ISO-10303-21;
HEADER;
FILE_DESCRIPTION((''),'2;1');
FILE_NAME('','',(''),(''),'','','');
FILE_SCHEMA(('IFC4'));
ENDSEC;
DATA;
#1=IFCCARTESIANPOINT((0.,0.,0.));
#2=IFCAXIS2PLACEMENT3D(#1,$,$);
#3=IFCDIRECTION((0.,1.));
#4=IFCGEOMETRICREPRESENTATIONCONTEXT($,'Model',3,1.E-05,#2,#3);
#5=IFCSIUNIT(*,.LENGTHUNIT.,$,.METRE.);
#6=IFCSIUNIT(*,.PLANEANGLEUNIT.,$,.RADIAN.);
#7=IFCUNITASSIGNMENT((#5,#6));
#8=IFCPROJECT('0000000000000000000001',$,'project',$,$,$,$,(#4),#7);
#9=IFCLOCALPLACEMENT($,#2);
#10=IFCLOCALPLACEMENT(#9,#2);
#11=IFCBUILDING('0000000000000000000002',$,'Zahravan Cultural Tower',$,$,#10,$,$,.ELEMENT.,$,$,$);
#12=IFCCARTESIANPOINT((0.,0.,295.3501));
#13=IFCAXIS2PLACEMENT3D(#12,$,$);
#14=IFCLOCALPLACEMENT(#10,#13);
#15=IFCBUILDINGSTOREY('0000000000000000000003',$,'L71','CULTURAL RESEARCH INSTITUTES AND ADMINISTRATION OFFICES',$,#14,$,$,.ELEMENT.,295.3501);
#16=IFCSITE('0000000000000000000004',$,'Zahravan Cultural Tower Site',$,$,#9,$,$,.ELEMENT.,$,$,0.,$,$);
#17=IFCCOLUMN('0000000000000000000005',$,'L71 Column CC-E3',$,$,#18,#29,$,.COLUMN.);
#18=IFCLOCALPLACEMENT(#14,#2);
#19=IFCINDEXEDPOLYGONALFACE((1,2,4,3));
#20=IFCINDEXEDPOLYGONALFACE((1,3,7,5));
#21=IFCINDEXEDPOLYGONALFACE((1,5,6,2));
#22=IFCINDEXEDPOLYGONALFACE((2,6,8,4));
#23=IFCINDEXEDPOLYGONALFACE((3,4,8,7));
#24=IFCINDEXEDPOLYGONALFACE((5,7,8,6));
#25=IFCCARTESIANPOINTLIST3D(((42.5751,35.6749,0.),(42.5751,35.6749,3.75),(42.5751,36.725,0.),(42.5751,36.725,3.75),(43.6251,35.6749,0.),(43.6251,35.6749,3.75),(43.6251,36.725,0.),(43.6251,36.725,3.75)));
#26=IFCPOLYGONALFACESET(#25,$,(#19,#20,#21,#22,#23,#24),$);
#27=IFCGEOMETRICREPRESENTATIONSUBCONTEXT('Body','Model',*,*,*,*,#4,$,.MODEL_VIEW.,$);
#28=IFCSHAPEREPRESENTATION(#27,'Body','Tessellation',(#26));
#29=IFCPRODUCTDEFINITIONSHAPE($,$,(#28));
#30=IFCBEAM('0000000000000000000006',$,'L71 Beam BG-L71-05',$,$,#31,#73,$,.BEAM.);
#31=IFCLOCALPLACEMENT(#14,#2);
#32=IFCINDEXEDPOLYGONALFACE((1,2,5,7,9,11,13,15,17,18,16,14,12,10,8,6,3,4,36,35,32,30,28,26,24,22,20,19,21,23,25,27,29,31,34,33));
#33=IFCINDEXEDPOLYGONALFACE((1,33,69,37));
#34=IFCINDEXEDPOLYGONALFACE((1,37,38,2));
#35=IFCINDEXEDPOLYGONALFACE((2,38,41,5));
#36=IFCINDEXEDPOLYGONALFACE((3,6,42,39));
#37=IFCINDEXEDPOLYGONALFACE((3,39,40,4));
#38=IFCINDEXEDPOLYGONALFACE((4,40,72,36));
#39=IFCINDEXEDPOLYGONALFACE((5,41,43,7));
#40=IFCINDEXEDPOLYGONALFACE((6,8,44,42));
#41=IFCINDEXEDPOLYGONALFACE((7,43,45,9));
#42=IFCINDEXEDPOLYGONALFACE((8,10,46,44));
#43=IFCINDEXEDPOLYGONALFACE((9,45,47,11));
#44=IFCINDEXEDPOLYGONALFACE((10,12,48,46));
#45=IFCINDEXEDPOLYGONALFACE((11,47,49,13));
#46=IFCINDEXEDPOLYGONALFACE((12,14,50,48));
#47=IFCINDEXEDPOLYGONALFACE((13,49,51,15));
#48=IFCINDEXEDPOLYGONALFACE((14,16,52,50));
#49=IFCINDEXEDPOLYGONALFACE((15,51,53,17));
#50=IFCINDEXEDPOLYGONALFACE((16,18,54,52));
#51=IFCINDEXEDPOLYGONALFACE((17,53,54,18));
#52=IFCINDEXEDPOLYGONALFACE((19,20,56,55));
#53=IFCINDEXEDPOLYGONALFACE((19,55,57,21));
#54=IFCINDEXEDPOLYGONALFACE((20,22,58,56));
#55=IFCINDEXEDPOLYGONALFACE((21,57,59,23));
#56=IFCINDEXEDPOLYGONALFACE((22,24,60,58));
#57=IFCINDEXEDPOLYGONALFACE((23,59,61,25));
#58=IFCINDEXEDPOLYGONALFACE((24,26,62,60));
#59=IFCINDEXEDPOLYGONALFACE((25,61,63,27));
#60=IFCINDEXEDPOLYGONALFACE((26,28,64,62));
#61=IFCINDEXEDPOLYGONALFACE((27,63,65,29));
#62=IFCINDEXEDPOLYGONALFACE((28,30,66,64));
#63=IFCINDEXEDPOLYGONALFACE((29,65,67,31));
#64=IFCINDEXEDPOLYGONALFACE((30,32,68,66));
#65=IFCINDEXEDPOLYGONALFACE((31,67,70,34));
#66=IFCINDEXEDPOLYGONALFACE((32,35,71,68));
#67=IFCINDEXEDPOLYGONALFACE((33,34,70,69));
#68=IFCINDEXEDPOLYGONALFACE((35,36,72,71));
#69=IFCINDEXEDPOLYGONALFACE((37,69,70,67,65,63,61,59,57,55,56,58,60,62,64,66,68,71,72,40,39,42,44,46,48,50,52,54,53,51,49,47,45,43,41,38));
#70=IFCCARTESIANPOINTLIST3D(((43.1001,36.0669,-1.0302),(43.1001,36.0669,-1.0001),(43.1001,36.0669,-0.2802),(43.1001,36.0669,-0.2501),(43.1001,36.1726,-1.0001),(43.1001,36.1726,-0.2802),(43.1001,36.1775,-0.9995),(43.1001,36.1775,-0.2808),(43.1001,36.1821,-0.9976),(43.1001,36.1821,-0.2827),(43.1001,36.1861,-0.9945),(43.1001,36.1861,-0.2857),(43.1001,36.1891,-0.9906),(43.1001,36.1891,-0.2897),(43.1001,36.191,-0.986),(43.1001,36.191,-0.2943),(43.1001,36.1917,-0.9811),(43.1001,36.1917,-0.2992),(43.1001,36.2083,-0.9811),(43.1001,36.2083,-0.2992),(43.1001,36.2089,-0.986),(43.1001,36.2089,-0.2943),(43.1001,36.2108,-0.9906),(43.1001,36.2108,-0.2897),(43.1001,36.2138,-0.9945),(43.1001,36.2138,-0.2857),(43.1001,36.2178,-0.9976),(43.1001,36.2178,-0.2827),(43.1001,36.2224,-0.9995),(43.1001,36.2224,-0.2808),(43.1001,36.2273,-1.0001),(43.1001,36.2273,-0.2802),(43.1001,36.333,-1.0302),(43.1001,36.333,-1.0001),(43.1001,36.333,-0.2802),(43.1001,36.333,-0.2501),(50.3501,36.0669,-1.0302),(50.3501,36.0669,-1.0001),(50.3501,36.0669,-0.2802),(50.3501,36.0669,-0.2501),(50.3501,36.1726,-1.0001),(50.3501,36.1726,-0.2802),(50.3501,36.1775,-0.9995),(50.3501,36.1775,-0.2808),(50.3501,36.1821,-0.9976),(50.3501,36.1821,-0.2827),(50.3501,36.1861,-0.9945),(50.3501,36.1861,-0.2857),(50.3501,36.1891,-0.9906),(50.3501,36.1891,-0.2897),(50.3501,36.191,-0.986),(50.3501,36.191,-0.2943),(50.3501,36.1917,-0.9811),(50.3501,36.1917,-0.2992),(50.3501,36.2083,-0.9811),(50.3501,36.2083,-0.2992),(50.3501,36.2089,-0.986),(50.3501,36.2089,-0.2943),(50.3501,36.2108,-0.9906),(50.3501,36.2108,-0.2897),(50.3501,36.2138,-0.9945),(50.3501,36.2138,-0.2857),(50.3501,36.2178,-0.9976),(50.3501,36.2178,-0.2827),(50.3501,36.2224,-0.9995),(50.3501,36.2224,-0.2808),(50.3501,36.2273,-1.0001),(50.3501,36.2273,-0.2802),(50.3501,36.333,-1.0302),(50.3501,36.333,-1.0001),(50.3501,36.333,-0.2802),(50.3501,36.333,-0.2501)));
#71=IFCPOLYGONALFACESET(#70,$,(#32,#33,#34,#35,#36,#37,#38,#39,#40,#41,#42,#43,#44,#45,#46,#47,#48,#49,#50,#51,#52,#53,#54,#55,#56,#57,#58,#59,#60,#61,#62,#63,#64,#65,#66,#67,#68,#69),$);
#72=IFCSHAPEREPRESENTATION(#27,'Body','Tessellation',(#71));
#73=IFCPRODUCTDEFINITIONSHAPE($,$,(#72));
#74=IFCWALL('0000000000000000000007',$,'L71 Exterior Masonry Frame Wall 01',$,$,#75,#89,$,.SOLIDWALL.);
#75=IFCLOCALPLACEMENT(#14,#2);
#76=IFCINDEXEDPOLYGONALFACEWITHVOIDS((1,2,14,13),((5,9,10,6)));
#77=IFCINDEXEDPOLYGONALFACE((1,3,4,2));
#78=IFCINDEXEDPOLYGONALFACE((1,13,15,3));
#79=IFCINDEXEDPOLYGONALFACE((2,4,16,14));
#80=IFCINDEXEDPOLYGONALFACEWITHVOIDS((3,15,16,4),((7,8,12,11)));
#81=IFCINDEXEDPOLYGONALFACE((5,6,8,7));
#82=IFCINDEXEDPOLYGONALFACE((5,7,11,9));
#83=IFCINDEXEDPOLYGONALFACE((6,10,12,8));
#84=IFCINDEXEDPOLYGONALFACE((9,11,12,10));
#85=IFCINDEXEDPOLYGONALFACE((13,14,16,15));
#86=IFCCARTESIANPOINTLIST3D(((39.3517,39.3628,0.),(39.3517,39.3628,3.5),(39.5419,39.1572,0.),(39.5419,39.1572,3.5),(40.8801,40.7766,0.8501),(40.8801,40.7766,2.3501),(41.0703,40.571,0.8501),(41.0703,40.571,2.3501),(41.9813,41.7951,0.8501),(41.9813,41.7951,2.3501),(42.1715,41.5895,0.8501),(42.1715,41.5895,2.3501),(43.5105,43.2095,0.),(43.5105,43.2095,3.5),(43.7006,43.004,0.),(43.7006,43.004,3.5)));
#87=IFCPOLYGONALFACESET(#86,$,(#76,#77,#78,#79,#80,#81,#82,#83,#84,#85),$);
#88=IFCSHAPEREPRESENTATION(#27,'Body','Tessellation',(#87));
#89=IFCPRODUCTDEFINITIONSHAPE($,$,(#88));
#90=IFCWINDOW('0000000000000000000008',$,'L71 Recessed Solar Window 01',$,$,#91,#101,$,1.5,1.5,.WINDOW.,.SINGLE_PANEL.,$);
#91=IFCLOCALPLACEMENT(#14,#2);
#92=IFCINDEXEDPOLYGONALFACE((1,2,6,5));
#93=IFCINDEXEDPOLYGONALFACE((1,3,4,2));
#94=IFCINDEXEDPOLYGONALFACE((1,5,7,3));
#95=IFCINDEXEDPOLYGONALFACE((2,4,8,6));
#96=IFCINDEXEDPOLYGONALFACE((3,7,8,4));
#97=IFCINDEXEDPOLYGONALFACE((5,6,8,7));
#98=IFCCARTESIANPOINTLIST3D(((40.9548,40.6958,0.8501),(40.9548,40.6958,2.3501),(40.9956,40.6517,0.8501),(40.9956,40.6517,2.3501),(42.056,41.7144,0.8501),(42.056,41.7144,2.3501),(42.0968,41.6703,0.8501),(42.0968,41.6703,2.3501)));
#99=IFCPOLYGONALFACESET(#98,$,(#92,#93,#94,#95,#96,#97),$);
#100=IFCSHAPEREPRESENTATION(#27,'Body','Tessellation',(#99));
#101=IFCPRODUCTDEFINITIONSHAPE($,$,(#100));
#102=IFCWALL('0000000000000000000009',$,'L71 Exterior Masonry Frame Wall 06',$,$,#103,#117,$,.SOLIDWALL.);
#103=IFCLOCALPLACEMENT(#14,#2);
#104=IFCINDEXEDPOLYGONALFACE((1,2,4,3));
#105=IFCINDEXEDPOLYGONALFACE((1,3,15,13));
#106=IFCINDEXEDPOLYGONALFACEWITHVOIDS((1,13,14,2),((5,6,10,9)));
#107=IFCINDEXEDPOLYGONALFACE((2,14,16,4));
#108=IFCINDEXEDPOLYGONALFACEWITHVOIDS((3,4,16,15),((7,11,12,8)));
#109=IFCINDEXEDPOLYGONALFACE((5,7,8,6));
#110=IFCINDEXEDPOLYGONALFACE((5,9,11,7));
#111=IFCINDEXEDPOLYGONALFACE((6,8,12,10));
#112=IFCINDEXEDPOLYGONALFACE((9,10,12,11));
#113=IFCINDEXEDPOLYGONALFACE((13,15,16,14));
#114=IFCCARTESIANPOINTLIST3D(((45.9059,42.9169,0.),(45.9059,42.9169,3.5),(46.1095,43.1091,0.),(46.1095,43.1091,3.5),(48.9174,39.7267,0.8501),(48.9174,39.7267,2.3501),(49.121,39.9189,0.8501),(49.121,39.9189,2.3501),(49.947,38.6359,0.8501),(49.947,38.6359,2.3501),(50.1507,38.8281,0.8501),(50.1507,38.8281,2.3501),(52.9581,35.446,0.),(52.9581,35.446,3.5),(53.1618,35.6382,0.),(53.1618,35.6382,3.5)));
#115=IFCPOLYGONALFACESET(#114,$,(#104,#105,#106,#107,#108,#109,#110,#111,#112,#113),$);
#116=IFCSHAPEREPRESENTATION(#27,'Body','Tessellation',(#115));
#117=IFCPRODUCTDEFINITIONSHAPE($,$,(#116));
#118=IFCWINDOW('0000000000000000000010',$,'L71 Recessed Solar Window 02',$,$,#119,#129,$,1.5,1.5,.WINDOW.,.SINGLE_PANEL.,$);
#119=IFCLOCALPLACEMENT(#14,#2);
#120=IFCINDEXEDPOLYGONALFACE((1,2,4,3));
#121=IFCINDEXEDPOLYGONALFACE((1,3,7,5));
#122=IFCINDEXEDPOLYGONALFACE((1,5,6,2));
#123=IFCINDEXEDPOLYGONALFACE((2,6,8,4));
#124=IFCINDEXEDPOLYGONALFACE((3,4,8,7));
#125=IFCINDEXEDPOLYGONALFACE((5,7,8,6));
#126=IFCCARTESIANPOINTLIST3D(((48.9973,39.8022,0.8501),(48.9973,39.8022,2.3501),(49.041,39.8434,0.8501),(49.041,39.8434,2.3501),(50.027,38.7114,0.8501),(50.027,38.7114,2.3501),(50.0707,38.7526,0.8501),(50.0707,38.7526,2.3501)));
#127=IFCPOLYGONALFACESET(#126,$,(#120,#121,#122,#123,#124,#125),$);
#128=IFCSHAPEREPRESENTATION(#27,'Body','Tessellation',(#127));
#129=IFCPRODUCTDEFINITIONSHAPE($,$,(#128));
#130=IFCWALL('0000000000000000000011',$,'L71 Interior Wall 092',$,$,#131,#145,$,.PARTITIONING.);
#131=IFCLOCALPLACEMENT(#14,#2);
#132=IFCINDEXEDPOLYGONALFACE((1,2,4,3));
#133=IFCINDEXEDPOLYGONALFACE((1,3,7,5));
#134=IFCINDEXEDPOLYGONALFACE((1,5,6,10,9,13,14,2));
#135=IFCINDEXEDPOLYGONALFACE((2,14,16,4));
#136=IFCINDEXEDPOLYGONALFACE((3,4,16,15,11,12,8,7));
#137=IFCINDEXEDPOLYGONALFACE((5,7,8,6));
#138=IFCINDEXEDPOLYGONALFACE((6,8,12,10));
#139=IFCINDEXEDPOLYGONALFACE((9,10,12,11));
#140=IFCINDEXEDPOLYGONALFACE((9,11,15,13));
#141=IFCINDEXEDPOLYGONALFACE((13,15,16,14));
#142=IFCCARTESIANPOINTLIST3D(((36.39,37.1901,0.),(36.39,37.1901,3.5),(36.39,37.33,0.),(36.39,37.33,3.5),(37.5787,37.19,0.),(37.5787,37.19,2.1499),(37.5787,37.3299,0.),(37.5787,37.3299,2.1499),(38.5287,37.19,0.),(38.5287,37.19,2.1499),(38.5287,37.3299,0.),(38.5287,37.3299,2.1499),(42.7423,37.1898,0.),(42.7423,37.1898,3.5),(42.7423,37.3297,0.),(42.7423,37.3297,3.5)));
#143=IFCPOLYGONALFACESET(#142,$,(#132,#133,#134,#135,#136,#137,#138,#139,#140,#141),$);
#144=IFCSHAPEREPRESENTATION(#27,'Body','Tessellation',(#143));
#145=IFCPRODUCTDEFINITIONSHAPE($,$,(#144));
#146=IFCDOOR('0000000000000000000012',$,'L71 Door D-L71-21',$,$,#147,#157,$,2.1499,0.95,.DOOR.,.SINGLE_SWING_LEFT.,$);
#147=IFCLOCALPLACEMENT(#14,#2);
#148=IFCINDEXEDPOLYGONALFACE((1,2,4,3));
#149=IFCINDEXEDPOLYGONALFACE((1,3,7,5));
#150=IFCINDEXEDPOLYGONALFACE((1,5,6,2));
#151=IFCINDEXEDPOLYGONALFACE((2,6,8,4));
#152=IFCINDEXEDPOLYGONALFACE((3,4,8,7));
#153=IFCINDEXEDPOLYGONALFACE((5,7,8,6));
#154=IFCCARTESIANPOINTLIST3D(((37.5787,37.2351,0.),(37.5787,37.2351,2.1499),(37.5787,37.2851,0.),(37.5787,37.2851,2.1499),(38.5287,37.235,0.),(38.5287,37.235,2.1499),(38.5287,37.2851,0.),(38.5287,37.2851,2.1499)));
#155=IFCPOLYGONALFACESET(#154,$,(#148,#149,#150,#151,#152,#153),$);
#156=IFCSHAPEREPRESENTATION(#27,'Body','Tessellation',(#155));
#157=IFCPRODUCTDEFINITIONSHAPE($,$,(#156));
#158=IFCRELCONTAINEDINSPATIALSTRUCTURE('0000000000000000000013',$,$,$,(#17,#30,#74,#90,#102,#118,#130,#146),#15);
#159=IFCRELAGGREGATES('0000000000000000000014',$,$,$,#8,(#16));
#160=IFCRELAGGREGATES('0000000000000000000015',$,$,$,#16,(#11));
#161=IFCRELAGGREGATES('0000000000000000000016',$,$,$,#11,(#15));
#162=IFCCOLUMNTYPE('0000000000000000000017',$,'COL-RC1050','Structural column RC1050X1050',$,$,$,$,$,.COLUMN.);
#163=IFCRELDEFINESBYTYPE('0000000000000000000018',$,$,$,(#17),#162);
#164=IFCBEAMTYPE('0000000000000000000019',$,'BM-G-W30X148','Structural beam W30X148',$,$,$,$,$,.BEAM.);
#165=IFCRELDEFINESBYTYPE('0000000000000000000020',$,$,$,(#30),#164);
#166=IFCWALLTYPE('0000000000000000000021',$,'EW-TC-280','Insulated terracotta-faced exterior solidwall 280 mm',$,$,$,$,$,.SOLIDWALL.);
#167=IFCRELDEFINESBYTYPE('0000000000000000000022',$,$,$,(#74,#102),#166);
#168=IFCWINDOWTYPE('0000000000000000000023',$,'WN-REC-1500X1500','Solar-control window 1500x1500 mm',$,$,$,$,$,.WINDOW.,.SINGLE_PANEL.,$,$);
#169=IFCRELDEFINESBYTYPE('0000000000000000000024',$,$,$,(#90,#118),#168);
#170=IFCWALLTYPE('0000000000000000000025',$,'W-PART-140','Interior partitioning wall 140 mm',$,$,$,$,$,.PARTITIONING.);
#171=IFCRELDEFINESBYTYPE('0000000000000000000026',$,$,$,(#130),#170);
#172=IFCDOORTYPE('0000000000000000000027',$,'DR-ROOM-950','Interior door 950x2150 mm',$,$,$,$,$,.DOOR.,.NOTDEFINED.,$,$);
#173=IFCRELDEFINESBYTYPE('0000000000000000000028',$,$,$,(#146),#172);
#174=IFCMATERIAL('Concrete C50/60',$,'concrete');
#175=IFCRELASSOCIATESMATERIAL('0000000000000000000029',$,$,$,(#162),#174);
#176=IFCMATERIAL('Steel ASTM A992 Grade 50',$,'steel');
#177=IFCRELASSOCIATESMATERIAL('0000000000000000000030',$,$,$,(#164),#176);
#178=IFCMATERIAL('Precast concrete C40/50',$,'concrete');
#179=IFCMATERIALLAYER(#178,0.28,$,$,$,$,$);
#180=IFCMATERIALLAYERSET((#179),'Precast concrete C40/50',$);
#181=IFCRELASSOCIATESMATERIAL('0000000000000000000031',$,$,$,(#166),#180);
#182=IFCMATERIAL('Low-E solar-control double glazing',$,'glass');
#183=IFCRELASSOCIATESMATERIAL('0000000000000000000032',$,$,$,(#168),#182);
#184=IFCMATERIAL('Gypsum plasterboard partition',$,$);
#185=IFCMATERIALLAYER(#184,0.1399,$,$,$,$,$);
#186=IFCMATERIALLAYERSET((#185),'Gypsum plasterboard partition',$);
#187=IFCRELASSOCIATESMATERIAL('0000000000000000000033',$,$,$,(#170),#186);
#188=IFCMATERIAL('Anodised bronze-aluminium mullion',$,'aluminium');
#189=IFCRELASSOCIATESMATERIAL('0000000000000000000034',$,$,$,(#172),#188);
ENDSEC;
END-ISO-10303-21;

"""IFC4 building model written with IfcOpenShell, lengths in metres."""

from ifc_helpers import new_model, si_unit, direction, frame, frame_2d, origin, origin_2d, place, context, subcontext, project, spatial, rectangle, i_section, extrude, source, transform, mapped, material, layer, layer_set, material_profile, profile_set, type_object, element, fill, save


model = new_model("IFC4")

# Units and contexts
model_context = context("Model", 3, precision=1e-05, world=origin(), true_north=direction((0.0, 1.0)))
body_context = subcontext(model_context, "Body", "Model", "MODEL_VIEW")
ifc_project = project(units=[si_unit("LENGTHUNIT", "METRE"), si_unit("PLANEANGLEUNIT", "RADIAN")], contexts=[model_context])

# Site, building, storey
site_placement = place(None, origin())
site = spatial("IfcSite", under=ifc_project, at=site_placement, Name="Zahravan Cultural Tower Site", CompositionType="ELEMENT", RefElevation=0.0)
building_placement = place(site_placement, origin())
building = spatial("IfcBuilding", under=site, at=building_placement, Name="Zahravan Cultural Tower", CompositionType="ELEMENT")
storey_placement = place(building_placement, frame((0.0, 0.0, 295.3501)))
storey = spatial("IfcBuildingStorey", under=building, at=storey_placement, Name="L71", Description="CULTURAL RESEARCH INSTITUTES AND ADMINISTRATION OFFICES", CompositionType="ELEMENT", Elevation=295.3501)

# Column
ifc_material_1 = material(Name="Concrete C50/60", Category="concrete")
ifc_material_profile_1 = material_profile(ifc_material_1, rectangle(XDim=1.05, YDim=1.05, at=origin_2d()), Name="RC1050X1050")
ifc_profile_set_1 = profile_set([ifc_material_profile_1], Name="Concrete C50/60")
column_type = type_object("IfcColumnType", Name="COL-RC1050", Description="Structural column RC1050X1050", PredefinedType="COLUMN", material=ifc_profile_set_1)
shared_shape_1 = source(origin(), body_context, "Body", "SweptSolid", [
    extrude(rectangle(XDim=1.05, YDim=1.05, at=origin_2d()), origin(), (0.0, 0.0, 1.0), 3.75),
])
column_placement = place(storey_placement, frame((43.1001, 36.2, 0.0), z_axis=(0.0, 0.0, 1.0), x_axis=(1.0, 0.0, 0.0)))
element("IfcColumn", 1, at=column_placement, inside=storey, type_object=column_type, Name="L71 Column CC-E3", PredefinedType="COLUMN", context=body_context, shape_type="MappedRepresentation", body=[
    mapped(shared_shape_1, transform((0.0, 0.0, 0.0), x_axis=(1.0, 0.0, 0.0), y_axis=(0.0, 1.0, 0.0), z_axis=(0.0, 0.0, 1.0), scale=1.0)),
])

# Beam
ifc_material_2 = material(Name="Steel ASTM A992 Grade 50", Category="steel")
ifc_material_profile_2 = material_profile(ifc_material_2, i_section(OverallWidth=0.2661, OverallDepth=0.78, WebThickness=0.0166, FlangeThickness=0.03, FilletRadius=0.019, at=origin_2d()), Name="W30X148")
ifc_profile_set_2 = profile_set([ifc_material_profile_2], Name="Steel ASTM A992 Grade 50")
beam_type = type_object("IfcBeamType", Name="BM-G-W30X148", Description="Structural beam W30X148", PredefinedType="BEAM", material=ifc_profile_set_2)
shared_shape_2 = source(origin(), body_context, "Body", "SweptSolid", [
    extrude(i_section(OverallWidth=0.2661, OverallDepth=0.78, WebThickness=0.0166, FlangeThickness=0.03, FilletRadius=0.019, at=origin_2d()), origin(), (0.0, 0.0, 1.0), 7.25),
])
beam_placement = place(storey_placement, frame((43.1001, 36.2, -0.6401), z_axis=(1.0, 0.0, 0.0), x_axis=(0.0, 1.0, 0.0)))
element("IfcBeam", 2, at=beam_placement, inside=storey, type_object=beam_type, Name="L71 Beam BG-L71-05", PredefinedType="BEAM", context=body_context, shape_type="MappedRepresentation", body=[
    mapped(shared_shape_2, transform((0.0, 0.0, 0.0), x_axis=(1.0, 0.0, 0.0), y_axis=(0.0, 1.0, 0.0), z_axis=(0.0, 0.0, 1.0), scale=1.0)),
])

# Walls, openings, windows
ifc_material_3 = material(Name="Precast concrete C40/50", Category="concrete")
ifc_layer_1 = layer(ifc_material_3, 0.28)
ifc_layer_set_1 = layer_set([ifc_layer_1], Name="Precast concrete C40/50")
wall_type_1 = type_object("IfcWallType", Name="EW-TC-280", Description="Insulated terracotta-faced exterior solidwall 280 mm", PredefinedType="SOLIDWALL", material=ifc_layer_set_1)
wall_1_placement = place(storey_placement, frame((39.4468, 39.26, 0.0), z_axis=(0.0, 0.0, 1.0), x_axis=(0.734109, 0.679032, 0.0)))
wall_1 = element("IfcWall", 3, at=wall_1_placement, inside=storey, type_object=wall_type_1, Name="L71 Exterior Masonry Frame Wall 01", PredefinedType="SOLIDWALL", context=body_context, shape_type="SweptSolid", body=[
    extrude(rectangle(XDim=5.665, YDim=0.28, at=frame_2d((2.8325, 0.0))), origin(), (0.0, 0.0, 1.0), 3.5),
])
opening_1_placement = place(wall_1_placement, frame((2.082, 0.0, 0.8501)))
opening_1 = element("IfcOpeningElement", 4, at=opening_1_placement, cuts=wall_1, PredefinedType="OPENING", context=body_context, shape_type="SweptSolid", body=[
    extrude(rectangle(XDim=1.5, YDim=1.5, at=frame_2d((0.75, 0.75))), frame((0.0, 0.1499, 0.0), z_axis=(0.0, -1.0, 0.0), x_axis=(1.0, 0.0, 0.0)), (0.0, 0.0, 1.0), 0.3),
])
ifc_material_4 = material(Name="Low-E solar-control double glazing", Category="glass")
window_type = type_object("IfcWindowType", Name="WN-REC-1500X1500", Description="Solar-control window 1500x1500 mm", PartitioningType="SINGLE_PANEL", PredefinedType="WINDOW", material=ifc_material_4)
shared_shape_3 = source(origin(), body_context, "Body", "SweptSolid", [
    extrude(rectangle(XDim=1.5, YDim=1.5, at=frame_2d((0.75, 0.75))), frame((0.0, 0.03, 0.0), z_axis=(0.0, -1.0, 0.0), x_axis=(1.0, 0.0, 0.0)), (0.0, 0.0, 1.0), 0.0601),
])
window_1_placement = place(opening_1_placement, origin())
window_1 = element("IfcWindow", 5, at=window_1_placement, inside=storey, type_object=window_type, Name="L71 Recessed Solar Window 01", OverallHeight=1.5, OverallWidth=1.5, PartitioningType="SINGLE_PANEL", PredefinedType="WINDOW", context=body_context, shape_type="MappedRepresentation", body=[
    mapped(shared_shape_3, transform((0.0, 0.0, 0.0), x_axis=(1.0, 0.0, 0.0), y_axis=(0.0, 1.0, 0.0), z_axis=(0.0, 0.0, 1.0), scale=1.0)),
])
fill(opening_1, window_1)
wall_2_placement = place(storey_placement, frame((46.0078, 43.0129, 0.0), z_axis=(0.0, 0.0, 1.0), x_axis=(0.686436, -0.72719, 0.0)))
wall_2 = element("IfcWall", 6, at=wall_2_placement, inside=storey, type_object=wall_type_1, Name="L71 Exterior Masonry Frame Wall 06", PredefinedType="SOLIDWALL", context=body_context, shape_type="SweptSolid", body=[
    extrude(rectangle(XDim=10.2737, YDim=0.28, at=frame_2d((5.1367, 0.0))), origin(), (0.0, 0.0, 1.0), 3.5),
])
opening_2_placement = place(wall_2_placement, frame((4.387, 0.0, 0.8501)))
opening_2 = element("IfcOpeningElement", 7, at=opening_2_placement, cuts=wall_2, PredefinedType="OPENING", context=body_context, shape_type="SweptSolid", body=[
    extrude(rectangle(XDim=1.5, YDim=1.5, at=frame_2d((0.75, 0.75))), frame((0.0, 0.1499, 0.0), z_axis=(0.0, -1.0, 0.0), x_axis=(1.0, 0.0, 0.0)), (0.0, 0.0, 1.0), 0.3),
])
window_2_placement = place(opening_2_placement, origin())
window_2 = element("IfcWindow", 8, at=window_2_placement, inside=storey, type_object=window_type, Name="L71 Recessed Solar Window 02", OverallHeight=1.5, OverallWidth=1.5, PartitioningType="SINGLE_PANEL", PredefinedType="WINDOW", context=body_context, shape_type="MappedRepresentation", body=[
    mapped(shared_shape_3, transform((0.0, 0.0, 0.0), x_axis=(1.0, 0.0, 0.0), y_axis=(0.0, 1.0, 0.0), z_axis=(0.0, 0.0, 1.0), scale=1.0)),
])
fill(opening_2, window_2)

# Wall, opening, door
ifc_material_5 = material(Name="Gypsum plasterboard partition")
ifc_layer_2 = layer(ifc_material_5, 0.1399)
ifc_layer_set_2 = layer_set([ifc_layer_2], Name="Gypsum plasterboard partition")
wall_type_2 = type_object("IfcWallType", Name="W-PART-140", Description="Interior partitioning wall 140 mm", PredefinedType="PARTITIONING", material=ifc_layer_set_2)
ifc_material_6 = material(Name="Anodised bronze-aluminium mullion", Category="aluminium")
door_type = type_object("IfcDoorType", Name="DR-ROOM-950", Description="Interior door 950x2150 mm", OperationType="NOTDEFINED", PredefinedType="DOOR", material=ifc_material_6)
shared_shape_4 = source(origin(), body_context, "Body", "SweptSolid", [
    extrude(rectangle(XDim=0.95, YDim=2.1499, at=frame_2d((0.4751, 1.075))), frame((0.0, 0.0249, 0.0), z_axis=(0.0, -1.0, 0.0), x_axis=(1.0, 0.0, 0.0)), (0.0, 0.0, 1.0), 0.05),
])
wall_3_placement = place(storey_placement, frame((42.7424, 37.2598, 0.0), z_axis=(0.0, 0.0, 1.0), x_axis=(-1.0, 0.000038, 0.0)))
wall_3 = element("IfcWall", 9, at=wall_3_placement, inside=storey, type_object=wall_type_2, Name="L71 Interior Wall 092", PredefinedType="PARTITIONING", context=body_context, shape_type="SweptSolid", body=[
    extrude(rectangle(XDim=6.3523, YDim=0.1399, at=frame_2d((3.1763, 0.0))), origin(), (0.0, 0.0, 1.0), 3.5),
])
opening_3_placement = place(wall_3_placement, frame((4.2136, 0.0, 0.0)))
opening_3 = element("IfcOpeningElement", 10, at=opening_3_placement, cuts=wall_3, PredefinedType="OPENING", context=body_context, shape_type="SweptSolid", body=[
    extrude(rectangle(XDim=0.95, YDim=2.1499, at=frame_2d((0.4751, 1.075))), frame((0.0, 0.0798, 0.0), z_axis=(0.0, -1.0, 0.0), x_axis=(1.0, 0.0, 0.0)), (0.0, 0.0, 1.0), 0.1599),
])
door_1_placement = place(opening_3_placement, origin())
door_1 = element("IfcDoor", 11, at=door_1_placement, inside=storey, type_object=door_type, Name="L71 Door D-L71-21", OperationType="SINGLE_SWING_LEFT", OverallHeight=2.1499, OverallWidth=0.95, PredefinedType="DOOR", context=body_context, shape_type="MappedRepresentation", body=[
    mapped(shared_shape_4, transform((0.0, 0.0, 0.0), x_axis=(1.0, 0.0, 0.0), y_axis=(0.0, 1.0, 0.0), z_axis=(0.0, 0.0, 1.0), scale=1.0)),
])
fill(opening_3, door_1)

save(model, "model.ifc")
